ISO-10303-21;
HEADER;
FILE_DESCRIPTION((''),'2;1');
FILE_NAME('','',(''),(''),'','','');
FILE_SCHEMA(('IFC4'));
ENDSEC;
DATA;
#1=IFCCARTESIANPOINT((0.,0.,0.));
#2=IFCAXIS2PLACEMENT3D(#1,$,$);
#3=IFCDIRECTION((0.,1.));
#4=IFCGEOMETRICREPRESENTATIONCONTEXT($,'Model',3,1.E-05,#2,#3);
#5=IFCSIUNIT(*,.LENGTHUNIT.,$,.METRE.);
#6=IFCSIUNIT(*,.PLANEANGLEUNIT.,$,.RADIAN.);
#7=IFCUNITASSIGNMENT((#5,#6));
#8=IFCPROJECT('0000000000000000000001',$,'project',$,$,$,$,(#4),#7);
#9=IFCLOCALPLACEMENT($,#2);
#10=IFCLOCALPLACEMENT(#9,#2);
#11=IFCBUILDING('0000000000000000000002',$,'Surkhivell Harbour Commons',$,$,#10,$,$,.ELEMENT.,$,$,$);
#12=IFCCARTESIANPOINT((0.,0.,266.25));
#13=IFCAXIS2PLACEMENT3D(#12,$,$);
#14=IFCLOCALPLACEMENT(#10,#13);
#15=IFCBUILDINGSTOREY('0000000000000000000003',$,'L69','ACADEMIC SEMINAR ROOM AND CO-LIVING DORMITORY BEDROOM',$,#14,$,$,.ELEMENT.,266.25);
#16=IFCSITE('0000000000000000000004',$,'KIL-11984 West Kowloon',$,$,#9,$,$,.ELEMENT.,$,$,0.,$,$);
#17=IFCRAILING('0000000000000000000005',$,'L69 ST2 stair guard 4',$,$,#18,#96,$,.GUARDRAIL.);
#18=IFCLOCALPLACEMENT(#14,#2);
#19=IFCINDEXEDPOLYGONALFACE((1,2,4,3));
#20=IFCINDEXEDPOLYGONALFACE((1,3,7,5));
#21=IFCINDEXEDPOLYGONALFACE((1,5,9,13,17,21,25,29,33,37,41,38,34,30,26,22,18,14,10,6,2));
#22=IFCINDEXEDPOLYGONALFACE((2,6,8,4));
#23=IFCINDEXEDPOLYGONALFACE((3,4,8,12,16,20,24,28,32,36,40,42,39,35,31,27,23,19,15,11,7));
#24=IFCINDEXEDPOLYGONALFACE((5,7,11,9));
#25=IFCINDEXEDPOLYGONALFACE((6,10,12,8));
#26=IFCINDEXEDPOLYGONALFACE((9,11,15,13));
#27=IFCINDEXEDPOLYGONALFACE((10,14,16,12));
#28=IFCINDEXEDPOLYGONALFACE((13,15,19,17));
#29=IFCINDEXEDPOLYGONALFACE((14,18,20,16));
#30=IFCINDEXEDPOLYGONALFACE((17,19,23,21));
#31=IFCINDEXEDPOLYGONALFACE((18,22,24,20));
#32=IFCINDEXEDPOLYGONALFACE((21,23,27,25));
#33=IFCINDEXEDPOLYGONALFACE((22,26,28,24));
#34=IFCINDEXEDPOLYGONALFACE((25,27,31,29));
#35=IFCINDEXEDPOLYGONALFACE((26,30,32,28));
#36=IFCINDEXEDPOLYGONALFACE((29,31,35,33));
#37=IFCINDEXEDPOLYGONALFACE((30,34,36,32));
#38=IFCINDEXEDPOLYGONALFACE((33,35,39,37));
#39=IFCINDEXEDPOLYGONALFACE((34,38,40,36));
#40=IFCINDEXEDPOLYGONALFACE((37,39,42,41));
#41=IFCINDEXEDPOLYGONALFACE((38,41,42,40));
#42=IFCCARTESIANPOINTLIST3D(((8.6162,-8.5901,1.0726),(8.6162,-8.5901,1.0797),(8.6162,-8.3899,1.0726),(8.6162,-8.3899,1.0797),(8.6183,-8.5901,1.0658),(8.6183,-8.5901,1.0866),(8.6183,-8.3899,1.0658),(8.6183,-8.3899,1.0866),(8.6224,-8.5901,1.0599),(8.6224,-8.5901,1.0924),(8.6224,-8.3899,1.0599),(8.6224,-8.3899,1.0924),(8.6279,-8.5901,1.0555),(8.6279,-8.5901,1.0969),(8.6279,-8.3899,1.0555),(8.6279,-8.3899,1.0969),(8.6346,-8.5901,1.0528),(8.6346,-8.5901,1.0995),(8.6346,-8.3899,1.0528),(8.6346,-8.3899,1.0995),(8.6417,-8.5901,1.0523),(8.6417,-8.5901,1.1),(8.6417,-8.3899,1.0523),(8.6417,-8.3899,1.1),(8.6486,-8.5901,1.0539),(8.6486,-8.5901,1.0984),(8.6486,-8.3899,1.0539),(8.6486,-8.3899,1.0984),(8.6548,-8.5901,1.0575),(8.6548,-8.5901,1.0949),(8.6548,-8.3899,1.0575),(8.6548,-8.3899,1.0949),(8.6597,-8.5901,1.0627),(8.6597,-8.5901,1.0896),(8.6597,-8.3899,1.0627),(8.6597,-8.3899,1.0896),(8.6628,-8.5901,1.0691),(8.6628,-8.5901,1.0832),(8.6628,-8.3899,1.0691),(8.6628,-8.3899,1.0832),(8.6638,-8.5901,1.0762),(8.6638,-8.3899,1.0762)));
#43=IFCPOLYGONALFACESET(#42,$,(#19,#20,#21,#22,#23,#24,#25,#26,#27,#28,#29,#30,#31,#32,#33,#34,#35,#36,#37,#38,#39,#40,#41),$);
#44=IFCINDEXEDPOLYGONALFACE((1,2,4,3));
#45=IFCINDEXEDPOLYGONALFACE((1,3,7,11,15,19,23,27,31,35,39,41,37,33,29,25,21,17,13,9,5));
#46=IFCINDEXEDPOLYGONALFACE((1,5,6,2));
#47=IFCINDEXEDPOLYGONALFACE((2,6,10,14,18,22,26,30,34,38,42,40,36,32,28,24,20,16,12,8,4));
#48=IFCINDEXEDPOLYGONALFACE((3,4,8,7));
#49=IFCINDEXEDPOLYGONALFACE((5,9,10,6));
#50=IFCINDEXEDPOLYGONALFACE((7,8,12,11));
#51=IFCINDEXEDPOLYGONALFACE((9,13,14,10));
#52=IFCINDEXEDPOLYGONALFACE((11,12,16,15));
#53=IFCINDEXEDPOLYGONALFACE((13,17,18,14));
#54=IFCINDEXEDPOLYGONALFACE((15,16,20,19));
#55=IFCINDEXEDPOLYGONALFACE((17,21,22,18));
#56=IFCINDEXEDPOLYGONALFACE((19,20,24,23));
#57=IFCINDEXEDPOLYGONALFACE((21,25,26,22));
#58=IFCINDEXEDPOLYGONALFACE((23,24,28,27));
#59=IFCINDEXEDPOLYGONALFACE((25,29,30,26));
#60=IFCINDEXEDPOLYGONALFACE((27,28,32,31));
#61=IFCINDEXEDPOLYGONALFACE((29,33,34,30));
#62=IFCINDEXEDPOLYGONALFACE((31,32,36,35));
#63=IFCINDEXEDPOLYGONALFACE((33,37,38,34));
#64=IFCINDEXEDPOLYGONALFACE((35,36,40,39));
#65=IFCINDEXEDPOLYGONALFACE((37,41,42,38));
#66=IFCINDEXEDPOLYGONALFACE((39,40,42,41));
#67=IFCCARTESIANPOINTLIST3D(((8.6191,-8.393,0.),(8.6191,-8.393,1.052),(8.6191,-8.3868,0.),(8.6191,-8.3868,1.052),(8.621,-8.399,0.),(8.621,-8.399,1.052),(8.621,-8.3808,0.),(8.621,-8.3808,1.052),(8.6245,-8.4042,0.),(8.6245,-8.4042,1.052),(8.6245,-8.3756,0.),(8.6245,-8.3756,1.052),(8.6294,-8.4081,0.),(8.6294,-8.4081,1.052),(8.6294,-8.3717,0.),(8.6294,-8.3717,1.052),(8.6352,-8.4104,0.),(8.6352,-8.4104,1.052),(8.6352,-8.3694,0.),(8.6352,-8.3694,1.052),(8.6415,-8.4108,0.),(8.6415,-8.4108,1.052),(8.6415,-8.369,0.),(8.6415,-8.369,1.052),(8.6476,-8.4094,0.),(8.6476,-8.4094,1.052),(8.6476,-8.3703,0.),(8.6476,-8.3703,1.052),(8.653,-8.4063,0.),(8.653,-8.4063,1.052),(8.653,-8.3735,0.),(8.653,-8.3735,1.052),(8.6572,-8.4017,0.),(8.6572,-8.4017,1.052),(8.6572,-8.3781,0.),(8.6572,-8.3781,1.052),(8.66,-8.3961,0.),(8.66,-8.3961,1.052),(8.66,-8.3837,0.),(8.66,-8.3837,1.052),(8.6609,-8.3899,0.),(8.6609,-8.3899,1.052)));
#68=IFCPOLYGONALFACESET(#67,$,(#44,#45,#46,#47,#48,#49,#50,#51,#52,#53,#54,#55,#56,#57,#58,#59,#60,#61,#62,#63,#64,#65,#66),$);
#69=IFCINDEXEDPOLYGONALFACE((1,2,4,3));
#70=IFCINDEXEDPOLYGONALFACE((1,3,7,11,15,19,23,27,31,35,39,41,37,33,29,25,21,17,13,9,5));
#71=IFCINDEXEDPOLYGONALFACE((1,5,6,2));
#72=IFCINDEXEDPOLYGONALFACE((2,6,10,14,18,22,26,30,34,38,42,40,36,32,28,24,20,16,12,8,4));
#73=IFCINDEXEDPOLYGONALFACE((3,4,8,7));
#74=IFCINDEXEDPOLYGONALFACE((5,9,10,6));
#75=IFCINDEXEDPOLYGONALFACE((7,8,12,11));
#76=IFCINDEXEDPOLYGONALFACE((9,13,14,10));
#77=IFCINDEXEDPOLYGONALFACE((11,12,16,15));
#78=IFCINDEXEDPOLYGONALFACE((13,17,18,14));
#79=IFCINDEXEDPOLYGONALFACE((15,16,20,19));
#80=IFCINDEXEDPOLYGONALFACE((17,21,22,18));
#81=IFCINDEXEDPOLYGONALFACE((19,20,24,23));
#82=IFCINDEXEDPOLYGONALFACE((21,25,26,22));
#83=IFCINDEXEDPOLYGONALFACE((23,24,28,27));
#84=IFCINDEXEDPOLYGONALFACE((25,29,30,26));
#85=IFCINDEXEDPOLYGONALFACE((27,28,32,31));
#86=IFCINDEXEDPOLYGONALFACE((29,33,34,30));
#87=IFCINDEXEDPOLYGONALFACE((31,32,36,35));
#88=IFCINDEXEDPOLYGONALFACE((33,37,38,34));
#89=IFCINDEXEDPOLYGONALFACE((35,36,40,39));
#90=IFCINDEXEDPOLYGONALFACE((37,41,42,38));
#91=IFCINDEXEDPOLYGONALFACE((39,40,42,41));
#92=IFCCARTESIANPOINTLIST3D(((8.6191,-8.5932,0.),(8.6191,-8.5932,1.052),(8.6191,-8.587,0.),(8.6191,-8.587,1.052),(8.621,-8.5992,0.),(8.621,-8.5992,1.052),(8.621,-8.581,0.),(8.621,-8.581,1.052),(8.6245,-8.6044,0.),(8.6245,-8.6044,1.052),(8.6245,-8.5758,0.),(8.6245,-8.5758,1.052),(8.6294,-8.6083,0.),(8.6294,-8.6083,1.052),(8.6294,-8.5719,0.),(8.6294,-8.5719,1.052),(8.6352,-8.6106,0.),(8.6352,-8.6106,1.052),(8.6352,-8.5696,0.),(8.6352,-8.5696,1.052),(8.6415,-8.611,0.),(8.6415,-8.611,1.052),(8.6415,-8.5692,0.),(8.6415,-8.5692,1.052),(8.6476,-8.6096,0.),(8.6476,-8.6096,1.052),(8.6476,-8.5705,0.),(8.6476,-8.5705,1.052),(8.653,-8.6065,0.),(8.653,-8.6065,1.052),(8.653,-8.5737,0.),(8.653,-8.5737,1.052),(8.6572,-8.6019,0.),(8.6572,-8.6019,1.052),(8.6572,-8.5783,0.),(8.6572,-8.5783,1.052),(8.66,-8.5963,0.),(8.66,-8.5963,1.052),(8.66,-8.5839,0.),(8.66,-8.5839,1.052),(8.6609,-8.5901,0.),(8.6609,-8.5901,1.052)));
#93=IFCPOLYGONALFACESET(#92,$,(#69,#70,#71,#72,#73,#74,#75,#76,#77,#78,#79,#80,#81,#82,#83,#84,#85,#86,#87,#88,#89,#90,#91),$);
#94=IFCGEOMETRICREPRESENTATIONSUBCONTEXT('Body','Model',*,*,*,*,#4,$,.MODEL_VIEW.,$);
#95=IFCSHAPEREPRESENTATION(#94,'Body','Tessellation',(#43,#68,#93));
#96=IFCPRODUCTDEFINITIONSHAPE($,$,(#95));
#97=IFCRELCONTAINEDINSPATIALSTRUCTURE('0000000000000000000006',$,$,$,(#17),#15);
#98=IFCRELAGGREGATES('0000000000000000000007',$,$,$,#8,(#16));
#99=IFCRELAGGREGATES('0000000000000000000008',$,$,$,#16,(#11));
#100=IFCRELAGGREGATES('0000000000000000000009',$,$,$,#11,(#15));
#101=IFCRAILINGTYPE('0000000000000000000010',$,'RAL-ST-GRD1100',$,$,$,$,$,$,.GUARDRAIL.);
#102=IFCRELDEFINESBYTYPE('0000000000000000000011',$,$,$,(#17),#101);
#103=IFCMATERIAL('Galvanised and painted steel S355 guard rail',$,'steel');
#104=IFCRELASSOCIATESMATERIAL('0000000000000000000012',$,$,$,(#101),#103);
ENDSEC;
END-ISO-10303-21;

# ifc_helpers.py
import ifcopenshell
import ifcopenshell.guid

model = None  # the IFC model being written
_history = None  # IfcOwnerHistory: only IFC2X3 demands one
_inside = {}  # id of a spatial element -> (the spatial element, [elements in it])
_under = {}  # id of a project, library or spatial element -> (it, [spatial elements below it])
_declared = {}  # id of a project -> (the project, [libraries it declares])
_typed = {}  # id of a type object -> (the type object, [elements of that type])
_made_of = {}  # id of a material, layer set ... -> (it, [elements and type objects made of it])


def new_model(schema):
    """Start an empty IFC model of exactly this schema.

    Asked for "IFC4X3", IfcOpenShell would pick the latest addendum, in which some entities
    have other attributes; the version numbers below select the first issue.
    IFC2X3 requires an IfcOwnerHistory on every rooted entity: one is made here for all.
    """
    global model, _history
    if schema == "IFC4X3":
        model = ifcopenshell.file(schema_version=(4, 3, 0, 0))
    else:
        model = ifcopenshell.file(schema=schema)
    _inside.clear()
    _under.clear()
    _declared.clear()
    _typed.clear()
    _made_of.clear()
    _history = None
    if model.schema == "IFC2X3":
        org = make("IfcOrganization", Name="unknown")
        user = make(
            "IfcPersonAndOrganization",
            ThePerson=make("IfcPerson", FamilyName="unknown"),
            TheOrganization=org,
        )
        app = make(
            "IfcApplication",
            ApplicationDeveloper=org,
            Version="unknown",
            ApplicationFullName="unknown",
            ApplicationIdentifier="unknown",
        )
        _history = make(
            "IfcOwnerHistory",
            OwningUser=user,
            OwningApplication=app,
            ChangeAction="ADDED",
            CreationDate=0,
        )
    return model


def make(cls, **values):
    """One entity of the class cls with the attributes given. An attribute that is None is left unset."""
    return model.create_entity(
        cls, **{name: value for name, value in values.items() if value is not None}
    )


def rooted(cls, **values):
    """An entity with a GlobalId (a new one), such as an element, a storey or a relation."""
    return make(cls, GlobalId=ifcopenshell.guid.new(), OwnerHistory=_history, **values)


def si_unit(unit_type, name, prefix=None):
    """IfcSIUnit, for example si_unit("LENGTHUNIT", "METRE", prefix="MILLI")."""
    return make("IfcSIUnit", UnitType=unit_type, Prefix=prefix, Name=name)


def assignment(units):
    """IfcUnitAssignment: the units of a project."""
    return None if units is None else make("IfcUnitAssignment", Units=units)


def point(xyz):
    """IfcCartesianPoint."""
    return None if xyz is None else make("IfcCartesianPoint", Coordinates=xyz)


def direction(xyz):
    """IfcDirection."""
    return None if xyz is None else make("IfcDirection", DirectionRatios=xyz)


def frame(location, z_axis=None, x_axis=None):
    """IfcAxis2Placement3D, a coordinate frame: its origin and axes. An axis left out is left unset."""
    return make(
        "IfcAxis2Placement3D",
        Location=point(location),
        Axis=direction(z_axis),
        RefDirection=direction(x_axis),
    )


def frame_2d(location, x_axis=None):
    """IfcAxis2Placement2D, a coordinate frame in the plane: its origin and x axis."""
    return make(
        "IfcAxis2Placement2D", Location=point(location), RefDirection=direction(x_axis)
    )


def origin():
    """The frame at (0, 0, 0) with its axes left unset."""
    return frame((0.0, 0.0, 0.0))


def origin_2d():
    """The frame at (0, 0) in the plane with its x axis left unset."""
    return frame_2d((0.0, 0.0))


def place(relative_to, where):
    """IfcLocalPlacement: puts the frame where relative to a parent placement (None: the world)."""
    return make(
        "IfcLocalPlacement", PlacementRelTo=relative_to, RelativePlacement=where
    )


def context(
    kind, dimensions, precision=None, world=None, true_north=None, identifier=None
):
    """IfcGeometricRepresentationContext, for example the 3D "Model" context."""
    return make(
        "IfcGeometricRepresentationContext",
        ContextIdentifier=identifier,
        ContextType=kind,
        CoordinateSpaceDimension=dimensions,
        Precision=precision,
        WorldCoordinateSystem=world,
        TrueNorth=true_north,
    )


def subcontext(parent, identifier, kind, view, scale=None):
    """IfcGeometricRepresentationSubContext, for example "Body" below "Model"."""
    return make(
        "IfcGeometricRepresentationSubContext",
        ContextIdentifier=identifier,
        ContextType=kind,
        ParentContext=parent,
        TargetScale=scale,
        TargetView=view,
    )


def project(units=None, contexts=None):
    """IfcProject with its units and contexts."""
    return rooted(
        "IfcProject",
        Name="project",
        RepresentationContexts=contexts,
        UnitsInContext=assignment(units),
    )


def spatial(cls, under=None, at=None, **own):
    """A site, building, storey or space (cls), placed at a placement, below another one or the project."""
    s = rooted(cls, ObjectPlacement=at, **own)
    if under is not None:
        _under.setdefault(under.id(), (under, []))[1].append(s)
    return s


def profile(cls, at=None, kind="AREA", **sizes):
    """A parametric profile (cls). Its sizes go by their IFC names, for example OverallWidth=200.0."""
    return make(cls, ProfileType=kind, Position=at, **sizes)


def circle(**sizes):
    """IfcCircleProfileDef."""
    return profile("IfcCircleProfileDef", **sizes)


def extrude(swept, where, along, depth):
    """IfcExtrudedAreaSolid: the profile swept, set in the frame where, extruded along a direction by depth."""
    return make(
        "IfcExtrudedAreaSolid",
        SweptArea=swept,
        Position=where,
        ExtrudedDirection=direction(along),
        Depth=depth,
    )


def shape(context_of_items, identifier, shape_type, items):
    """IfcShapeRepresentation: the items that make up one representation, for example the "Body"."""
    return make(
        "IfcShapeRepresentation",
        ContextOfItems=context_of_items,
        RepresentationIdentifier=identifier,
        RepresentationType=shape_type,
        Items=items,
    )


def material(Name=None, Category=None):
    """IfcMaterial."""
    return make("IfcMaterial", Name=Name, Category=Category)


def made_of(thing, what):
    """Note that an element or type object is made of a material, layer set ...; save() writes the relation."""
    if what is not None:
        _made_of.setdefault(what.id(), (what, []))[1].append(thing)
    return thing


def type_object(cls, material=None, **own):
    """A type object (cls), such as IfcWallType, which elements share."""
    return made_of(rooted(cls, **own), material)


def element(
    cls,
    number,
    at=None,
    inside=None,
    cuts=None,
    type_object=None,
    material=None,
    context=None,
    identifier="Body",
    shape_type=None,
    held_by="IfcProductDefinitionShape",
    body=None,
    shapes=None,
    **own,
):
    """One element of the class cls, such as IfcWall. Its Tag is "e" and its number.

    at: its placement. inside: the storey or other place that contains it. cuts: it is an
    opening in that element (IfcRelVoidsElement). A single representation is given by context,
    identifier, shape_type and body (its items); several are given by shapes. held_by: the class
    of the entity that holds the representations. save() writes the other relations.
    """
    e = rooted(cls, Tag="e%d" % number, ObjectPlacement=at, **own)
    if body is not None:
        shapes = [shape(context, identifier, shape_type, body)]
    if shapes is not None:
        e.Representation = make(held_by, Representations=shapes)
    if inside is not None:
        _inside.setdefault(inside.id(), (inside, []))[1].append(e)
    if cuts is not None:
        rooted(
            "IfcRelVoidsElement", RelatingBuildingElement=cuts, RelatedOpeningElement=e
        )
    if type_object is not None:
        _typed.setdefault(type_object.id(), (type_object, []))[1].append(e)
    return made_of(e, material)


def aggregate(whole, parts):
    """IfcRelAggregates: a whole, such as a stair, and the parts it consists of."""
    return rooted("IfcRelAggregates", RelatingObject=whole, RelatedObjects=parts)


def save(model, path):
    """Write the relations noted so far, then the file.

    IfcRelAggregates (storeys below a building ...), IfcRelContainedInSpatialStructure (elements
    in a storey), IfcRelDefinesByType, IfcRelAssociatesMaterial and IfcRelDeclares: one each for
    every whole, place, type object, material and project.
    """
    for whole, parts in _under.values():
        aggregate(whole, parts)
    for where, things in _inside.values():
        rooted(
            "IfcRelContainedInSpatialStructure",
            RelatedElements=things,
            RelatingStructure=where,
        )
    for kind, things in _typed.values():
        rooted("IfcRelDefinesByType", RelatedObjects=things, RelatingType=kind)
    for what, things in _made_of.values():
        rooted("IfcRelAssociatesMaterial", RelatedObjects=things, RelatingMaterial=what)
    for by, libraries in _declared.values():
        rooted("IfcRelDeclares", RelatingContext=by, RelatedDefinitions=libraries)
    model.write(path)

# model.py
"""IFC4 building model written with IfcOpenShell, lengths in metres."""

from ifc_helpers import new_model, si_unit, direction, frame, origin, origin_2d, place, context, subcontext, project, spatial, circle, extrude, material, type_object, element, save


model = new_model("IFC4")

# Units and contexts
model_context = context("Model", 3, precision=1e-05, world=origin(), true_north=direction((0.0, 1.0)))
body_context = subcontext(model_context, "Body", "Model", "MODEL_VIEW")
ifc_project = project(units=[si_unit("LENGTHUNIT", "METRE"), si_unit("PLANEANGLEUNIT", "RADIAN")], contexts=[model_context])

# Site, building, storey
site_placement = place(None, origin())
site = spatial("IfcSite", under=ifc_project, at=site_placement, Name="KIL-11984 West Kowloon", CompositionType="ELEMENT", RefElevation=0.0)
building_placement = place(site_placement, origin())
building = spatial("IfcBuilding", under=site, at=building_placement, Name="Surkhivell Harbour Commons", CompositionType="ELEMENT")
storey_placement = place(building_placement, frame((0.0, 0.0, 266.25)))
storey = spatial("IfcBuildingStorey", under=building, at=storey_placement, Name="L69", Description="ACADEMIC SEMINAR ROOM AND CO-LIVING DORMITORY BEDROOM", CompositionType="ELEMENT", Elevation=266.25)

# Railing
ifc_material_1 = material(Name="Galvanised and painted steel S355 guard rail", Category="steel")
railing_type_1 = type_object("IfcRailingType", Name="RAL-ST-GRD1100", PredefinedType="GUARDRAIL", material=ifc_material_1)
railing_1_placement = place(storey_placement, frame((8.6399, -8.3899, 0.0)))
element("IfcRailing", 1, at=railing_1_placement, inside=storey, type_object=railing_type_1, Name="L69 ST2 stair guard 4", PredefinedType="GUARDRAIL", context=body_context, shape_type="SweptSolid", body=[
    extrude(circle(Radius=0.0239, at=origin_2d()), frame((0.0, 0.0, 1.0762), z_axis=(0.0, -1.0, 0.0), x_axis=(1.0, 0.0, 0.0)), (0.0, 0.0, 1.0), 0.2002),
    extrude(circle(Radius=0.021, at=origin_2d()), origin(), (0.0, 0.0, 1.0), 1.052),
    extrude(circle(Radius=0.021, at=origin_2d()), frame((0.0, -0.2002, 0.0)), (0.0, 0.0, 1.0), 1.052),
])

save(model, "model.ifc")
